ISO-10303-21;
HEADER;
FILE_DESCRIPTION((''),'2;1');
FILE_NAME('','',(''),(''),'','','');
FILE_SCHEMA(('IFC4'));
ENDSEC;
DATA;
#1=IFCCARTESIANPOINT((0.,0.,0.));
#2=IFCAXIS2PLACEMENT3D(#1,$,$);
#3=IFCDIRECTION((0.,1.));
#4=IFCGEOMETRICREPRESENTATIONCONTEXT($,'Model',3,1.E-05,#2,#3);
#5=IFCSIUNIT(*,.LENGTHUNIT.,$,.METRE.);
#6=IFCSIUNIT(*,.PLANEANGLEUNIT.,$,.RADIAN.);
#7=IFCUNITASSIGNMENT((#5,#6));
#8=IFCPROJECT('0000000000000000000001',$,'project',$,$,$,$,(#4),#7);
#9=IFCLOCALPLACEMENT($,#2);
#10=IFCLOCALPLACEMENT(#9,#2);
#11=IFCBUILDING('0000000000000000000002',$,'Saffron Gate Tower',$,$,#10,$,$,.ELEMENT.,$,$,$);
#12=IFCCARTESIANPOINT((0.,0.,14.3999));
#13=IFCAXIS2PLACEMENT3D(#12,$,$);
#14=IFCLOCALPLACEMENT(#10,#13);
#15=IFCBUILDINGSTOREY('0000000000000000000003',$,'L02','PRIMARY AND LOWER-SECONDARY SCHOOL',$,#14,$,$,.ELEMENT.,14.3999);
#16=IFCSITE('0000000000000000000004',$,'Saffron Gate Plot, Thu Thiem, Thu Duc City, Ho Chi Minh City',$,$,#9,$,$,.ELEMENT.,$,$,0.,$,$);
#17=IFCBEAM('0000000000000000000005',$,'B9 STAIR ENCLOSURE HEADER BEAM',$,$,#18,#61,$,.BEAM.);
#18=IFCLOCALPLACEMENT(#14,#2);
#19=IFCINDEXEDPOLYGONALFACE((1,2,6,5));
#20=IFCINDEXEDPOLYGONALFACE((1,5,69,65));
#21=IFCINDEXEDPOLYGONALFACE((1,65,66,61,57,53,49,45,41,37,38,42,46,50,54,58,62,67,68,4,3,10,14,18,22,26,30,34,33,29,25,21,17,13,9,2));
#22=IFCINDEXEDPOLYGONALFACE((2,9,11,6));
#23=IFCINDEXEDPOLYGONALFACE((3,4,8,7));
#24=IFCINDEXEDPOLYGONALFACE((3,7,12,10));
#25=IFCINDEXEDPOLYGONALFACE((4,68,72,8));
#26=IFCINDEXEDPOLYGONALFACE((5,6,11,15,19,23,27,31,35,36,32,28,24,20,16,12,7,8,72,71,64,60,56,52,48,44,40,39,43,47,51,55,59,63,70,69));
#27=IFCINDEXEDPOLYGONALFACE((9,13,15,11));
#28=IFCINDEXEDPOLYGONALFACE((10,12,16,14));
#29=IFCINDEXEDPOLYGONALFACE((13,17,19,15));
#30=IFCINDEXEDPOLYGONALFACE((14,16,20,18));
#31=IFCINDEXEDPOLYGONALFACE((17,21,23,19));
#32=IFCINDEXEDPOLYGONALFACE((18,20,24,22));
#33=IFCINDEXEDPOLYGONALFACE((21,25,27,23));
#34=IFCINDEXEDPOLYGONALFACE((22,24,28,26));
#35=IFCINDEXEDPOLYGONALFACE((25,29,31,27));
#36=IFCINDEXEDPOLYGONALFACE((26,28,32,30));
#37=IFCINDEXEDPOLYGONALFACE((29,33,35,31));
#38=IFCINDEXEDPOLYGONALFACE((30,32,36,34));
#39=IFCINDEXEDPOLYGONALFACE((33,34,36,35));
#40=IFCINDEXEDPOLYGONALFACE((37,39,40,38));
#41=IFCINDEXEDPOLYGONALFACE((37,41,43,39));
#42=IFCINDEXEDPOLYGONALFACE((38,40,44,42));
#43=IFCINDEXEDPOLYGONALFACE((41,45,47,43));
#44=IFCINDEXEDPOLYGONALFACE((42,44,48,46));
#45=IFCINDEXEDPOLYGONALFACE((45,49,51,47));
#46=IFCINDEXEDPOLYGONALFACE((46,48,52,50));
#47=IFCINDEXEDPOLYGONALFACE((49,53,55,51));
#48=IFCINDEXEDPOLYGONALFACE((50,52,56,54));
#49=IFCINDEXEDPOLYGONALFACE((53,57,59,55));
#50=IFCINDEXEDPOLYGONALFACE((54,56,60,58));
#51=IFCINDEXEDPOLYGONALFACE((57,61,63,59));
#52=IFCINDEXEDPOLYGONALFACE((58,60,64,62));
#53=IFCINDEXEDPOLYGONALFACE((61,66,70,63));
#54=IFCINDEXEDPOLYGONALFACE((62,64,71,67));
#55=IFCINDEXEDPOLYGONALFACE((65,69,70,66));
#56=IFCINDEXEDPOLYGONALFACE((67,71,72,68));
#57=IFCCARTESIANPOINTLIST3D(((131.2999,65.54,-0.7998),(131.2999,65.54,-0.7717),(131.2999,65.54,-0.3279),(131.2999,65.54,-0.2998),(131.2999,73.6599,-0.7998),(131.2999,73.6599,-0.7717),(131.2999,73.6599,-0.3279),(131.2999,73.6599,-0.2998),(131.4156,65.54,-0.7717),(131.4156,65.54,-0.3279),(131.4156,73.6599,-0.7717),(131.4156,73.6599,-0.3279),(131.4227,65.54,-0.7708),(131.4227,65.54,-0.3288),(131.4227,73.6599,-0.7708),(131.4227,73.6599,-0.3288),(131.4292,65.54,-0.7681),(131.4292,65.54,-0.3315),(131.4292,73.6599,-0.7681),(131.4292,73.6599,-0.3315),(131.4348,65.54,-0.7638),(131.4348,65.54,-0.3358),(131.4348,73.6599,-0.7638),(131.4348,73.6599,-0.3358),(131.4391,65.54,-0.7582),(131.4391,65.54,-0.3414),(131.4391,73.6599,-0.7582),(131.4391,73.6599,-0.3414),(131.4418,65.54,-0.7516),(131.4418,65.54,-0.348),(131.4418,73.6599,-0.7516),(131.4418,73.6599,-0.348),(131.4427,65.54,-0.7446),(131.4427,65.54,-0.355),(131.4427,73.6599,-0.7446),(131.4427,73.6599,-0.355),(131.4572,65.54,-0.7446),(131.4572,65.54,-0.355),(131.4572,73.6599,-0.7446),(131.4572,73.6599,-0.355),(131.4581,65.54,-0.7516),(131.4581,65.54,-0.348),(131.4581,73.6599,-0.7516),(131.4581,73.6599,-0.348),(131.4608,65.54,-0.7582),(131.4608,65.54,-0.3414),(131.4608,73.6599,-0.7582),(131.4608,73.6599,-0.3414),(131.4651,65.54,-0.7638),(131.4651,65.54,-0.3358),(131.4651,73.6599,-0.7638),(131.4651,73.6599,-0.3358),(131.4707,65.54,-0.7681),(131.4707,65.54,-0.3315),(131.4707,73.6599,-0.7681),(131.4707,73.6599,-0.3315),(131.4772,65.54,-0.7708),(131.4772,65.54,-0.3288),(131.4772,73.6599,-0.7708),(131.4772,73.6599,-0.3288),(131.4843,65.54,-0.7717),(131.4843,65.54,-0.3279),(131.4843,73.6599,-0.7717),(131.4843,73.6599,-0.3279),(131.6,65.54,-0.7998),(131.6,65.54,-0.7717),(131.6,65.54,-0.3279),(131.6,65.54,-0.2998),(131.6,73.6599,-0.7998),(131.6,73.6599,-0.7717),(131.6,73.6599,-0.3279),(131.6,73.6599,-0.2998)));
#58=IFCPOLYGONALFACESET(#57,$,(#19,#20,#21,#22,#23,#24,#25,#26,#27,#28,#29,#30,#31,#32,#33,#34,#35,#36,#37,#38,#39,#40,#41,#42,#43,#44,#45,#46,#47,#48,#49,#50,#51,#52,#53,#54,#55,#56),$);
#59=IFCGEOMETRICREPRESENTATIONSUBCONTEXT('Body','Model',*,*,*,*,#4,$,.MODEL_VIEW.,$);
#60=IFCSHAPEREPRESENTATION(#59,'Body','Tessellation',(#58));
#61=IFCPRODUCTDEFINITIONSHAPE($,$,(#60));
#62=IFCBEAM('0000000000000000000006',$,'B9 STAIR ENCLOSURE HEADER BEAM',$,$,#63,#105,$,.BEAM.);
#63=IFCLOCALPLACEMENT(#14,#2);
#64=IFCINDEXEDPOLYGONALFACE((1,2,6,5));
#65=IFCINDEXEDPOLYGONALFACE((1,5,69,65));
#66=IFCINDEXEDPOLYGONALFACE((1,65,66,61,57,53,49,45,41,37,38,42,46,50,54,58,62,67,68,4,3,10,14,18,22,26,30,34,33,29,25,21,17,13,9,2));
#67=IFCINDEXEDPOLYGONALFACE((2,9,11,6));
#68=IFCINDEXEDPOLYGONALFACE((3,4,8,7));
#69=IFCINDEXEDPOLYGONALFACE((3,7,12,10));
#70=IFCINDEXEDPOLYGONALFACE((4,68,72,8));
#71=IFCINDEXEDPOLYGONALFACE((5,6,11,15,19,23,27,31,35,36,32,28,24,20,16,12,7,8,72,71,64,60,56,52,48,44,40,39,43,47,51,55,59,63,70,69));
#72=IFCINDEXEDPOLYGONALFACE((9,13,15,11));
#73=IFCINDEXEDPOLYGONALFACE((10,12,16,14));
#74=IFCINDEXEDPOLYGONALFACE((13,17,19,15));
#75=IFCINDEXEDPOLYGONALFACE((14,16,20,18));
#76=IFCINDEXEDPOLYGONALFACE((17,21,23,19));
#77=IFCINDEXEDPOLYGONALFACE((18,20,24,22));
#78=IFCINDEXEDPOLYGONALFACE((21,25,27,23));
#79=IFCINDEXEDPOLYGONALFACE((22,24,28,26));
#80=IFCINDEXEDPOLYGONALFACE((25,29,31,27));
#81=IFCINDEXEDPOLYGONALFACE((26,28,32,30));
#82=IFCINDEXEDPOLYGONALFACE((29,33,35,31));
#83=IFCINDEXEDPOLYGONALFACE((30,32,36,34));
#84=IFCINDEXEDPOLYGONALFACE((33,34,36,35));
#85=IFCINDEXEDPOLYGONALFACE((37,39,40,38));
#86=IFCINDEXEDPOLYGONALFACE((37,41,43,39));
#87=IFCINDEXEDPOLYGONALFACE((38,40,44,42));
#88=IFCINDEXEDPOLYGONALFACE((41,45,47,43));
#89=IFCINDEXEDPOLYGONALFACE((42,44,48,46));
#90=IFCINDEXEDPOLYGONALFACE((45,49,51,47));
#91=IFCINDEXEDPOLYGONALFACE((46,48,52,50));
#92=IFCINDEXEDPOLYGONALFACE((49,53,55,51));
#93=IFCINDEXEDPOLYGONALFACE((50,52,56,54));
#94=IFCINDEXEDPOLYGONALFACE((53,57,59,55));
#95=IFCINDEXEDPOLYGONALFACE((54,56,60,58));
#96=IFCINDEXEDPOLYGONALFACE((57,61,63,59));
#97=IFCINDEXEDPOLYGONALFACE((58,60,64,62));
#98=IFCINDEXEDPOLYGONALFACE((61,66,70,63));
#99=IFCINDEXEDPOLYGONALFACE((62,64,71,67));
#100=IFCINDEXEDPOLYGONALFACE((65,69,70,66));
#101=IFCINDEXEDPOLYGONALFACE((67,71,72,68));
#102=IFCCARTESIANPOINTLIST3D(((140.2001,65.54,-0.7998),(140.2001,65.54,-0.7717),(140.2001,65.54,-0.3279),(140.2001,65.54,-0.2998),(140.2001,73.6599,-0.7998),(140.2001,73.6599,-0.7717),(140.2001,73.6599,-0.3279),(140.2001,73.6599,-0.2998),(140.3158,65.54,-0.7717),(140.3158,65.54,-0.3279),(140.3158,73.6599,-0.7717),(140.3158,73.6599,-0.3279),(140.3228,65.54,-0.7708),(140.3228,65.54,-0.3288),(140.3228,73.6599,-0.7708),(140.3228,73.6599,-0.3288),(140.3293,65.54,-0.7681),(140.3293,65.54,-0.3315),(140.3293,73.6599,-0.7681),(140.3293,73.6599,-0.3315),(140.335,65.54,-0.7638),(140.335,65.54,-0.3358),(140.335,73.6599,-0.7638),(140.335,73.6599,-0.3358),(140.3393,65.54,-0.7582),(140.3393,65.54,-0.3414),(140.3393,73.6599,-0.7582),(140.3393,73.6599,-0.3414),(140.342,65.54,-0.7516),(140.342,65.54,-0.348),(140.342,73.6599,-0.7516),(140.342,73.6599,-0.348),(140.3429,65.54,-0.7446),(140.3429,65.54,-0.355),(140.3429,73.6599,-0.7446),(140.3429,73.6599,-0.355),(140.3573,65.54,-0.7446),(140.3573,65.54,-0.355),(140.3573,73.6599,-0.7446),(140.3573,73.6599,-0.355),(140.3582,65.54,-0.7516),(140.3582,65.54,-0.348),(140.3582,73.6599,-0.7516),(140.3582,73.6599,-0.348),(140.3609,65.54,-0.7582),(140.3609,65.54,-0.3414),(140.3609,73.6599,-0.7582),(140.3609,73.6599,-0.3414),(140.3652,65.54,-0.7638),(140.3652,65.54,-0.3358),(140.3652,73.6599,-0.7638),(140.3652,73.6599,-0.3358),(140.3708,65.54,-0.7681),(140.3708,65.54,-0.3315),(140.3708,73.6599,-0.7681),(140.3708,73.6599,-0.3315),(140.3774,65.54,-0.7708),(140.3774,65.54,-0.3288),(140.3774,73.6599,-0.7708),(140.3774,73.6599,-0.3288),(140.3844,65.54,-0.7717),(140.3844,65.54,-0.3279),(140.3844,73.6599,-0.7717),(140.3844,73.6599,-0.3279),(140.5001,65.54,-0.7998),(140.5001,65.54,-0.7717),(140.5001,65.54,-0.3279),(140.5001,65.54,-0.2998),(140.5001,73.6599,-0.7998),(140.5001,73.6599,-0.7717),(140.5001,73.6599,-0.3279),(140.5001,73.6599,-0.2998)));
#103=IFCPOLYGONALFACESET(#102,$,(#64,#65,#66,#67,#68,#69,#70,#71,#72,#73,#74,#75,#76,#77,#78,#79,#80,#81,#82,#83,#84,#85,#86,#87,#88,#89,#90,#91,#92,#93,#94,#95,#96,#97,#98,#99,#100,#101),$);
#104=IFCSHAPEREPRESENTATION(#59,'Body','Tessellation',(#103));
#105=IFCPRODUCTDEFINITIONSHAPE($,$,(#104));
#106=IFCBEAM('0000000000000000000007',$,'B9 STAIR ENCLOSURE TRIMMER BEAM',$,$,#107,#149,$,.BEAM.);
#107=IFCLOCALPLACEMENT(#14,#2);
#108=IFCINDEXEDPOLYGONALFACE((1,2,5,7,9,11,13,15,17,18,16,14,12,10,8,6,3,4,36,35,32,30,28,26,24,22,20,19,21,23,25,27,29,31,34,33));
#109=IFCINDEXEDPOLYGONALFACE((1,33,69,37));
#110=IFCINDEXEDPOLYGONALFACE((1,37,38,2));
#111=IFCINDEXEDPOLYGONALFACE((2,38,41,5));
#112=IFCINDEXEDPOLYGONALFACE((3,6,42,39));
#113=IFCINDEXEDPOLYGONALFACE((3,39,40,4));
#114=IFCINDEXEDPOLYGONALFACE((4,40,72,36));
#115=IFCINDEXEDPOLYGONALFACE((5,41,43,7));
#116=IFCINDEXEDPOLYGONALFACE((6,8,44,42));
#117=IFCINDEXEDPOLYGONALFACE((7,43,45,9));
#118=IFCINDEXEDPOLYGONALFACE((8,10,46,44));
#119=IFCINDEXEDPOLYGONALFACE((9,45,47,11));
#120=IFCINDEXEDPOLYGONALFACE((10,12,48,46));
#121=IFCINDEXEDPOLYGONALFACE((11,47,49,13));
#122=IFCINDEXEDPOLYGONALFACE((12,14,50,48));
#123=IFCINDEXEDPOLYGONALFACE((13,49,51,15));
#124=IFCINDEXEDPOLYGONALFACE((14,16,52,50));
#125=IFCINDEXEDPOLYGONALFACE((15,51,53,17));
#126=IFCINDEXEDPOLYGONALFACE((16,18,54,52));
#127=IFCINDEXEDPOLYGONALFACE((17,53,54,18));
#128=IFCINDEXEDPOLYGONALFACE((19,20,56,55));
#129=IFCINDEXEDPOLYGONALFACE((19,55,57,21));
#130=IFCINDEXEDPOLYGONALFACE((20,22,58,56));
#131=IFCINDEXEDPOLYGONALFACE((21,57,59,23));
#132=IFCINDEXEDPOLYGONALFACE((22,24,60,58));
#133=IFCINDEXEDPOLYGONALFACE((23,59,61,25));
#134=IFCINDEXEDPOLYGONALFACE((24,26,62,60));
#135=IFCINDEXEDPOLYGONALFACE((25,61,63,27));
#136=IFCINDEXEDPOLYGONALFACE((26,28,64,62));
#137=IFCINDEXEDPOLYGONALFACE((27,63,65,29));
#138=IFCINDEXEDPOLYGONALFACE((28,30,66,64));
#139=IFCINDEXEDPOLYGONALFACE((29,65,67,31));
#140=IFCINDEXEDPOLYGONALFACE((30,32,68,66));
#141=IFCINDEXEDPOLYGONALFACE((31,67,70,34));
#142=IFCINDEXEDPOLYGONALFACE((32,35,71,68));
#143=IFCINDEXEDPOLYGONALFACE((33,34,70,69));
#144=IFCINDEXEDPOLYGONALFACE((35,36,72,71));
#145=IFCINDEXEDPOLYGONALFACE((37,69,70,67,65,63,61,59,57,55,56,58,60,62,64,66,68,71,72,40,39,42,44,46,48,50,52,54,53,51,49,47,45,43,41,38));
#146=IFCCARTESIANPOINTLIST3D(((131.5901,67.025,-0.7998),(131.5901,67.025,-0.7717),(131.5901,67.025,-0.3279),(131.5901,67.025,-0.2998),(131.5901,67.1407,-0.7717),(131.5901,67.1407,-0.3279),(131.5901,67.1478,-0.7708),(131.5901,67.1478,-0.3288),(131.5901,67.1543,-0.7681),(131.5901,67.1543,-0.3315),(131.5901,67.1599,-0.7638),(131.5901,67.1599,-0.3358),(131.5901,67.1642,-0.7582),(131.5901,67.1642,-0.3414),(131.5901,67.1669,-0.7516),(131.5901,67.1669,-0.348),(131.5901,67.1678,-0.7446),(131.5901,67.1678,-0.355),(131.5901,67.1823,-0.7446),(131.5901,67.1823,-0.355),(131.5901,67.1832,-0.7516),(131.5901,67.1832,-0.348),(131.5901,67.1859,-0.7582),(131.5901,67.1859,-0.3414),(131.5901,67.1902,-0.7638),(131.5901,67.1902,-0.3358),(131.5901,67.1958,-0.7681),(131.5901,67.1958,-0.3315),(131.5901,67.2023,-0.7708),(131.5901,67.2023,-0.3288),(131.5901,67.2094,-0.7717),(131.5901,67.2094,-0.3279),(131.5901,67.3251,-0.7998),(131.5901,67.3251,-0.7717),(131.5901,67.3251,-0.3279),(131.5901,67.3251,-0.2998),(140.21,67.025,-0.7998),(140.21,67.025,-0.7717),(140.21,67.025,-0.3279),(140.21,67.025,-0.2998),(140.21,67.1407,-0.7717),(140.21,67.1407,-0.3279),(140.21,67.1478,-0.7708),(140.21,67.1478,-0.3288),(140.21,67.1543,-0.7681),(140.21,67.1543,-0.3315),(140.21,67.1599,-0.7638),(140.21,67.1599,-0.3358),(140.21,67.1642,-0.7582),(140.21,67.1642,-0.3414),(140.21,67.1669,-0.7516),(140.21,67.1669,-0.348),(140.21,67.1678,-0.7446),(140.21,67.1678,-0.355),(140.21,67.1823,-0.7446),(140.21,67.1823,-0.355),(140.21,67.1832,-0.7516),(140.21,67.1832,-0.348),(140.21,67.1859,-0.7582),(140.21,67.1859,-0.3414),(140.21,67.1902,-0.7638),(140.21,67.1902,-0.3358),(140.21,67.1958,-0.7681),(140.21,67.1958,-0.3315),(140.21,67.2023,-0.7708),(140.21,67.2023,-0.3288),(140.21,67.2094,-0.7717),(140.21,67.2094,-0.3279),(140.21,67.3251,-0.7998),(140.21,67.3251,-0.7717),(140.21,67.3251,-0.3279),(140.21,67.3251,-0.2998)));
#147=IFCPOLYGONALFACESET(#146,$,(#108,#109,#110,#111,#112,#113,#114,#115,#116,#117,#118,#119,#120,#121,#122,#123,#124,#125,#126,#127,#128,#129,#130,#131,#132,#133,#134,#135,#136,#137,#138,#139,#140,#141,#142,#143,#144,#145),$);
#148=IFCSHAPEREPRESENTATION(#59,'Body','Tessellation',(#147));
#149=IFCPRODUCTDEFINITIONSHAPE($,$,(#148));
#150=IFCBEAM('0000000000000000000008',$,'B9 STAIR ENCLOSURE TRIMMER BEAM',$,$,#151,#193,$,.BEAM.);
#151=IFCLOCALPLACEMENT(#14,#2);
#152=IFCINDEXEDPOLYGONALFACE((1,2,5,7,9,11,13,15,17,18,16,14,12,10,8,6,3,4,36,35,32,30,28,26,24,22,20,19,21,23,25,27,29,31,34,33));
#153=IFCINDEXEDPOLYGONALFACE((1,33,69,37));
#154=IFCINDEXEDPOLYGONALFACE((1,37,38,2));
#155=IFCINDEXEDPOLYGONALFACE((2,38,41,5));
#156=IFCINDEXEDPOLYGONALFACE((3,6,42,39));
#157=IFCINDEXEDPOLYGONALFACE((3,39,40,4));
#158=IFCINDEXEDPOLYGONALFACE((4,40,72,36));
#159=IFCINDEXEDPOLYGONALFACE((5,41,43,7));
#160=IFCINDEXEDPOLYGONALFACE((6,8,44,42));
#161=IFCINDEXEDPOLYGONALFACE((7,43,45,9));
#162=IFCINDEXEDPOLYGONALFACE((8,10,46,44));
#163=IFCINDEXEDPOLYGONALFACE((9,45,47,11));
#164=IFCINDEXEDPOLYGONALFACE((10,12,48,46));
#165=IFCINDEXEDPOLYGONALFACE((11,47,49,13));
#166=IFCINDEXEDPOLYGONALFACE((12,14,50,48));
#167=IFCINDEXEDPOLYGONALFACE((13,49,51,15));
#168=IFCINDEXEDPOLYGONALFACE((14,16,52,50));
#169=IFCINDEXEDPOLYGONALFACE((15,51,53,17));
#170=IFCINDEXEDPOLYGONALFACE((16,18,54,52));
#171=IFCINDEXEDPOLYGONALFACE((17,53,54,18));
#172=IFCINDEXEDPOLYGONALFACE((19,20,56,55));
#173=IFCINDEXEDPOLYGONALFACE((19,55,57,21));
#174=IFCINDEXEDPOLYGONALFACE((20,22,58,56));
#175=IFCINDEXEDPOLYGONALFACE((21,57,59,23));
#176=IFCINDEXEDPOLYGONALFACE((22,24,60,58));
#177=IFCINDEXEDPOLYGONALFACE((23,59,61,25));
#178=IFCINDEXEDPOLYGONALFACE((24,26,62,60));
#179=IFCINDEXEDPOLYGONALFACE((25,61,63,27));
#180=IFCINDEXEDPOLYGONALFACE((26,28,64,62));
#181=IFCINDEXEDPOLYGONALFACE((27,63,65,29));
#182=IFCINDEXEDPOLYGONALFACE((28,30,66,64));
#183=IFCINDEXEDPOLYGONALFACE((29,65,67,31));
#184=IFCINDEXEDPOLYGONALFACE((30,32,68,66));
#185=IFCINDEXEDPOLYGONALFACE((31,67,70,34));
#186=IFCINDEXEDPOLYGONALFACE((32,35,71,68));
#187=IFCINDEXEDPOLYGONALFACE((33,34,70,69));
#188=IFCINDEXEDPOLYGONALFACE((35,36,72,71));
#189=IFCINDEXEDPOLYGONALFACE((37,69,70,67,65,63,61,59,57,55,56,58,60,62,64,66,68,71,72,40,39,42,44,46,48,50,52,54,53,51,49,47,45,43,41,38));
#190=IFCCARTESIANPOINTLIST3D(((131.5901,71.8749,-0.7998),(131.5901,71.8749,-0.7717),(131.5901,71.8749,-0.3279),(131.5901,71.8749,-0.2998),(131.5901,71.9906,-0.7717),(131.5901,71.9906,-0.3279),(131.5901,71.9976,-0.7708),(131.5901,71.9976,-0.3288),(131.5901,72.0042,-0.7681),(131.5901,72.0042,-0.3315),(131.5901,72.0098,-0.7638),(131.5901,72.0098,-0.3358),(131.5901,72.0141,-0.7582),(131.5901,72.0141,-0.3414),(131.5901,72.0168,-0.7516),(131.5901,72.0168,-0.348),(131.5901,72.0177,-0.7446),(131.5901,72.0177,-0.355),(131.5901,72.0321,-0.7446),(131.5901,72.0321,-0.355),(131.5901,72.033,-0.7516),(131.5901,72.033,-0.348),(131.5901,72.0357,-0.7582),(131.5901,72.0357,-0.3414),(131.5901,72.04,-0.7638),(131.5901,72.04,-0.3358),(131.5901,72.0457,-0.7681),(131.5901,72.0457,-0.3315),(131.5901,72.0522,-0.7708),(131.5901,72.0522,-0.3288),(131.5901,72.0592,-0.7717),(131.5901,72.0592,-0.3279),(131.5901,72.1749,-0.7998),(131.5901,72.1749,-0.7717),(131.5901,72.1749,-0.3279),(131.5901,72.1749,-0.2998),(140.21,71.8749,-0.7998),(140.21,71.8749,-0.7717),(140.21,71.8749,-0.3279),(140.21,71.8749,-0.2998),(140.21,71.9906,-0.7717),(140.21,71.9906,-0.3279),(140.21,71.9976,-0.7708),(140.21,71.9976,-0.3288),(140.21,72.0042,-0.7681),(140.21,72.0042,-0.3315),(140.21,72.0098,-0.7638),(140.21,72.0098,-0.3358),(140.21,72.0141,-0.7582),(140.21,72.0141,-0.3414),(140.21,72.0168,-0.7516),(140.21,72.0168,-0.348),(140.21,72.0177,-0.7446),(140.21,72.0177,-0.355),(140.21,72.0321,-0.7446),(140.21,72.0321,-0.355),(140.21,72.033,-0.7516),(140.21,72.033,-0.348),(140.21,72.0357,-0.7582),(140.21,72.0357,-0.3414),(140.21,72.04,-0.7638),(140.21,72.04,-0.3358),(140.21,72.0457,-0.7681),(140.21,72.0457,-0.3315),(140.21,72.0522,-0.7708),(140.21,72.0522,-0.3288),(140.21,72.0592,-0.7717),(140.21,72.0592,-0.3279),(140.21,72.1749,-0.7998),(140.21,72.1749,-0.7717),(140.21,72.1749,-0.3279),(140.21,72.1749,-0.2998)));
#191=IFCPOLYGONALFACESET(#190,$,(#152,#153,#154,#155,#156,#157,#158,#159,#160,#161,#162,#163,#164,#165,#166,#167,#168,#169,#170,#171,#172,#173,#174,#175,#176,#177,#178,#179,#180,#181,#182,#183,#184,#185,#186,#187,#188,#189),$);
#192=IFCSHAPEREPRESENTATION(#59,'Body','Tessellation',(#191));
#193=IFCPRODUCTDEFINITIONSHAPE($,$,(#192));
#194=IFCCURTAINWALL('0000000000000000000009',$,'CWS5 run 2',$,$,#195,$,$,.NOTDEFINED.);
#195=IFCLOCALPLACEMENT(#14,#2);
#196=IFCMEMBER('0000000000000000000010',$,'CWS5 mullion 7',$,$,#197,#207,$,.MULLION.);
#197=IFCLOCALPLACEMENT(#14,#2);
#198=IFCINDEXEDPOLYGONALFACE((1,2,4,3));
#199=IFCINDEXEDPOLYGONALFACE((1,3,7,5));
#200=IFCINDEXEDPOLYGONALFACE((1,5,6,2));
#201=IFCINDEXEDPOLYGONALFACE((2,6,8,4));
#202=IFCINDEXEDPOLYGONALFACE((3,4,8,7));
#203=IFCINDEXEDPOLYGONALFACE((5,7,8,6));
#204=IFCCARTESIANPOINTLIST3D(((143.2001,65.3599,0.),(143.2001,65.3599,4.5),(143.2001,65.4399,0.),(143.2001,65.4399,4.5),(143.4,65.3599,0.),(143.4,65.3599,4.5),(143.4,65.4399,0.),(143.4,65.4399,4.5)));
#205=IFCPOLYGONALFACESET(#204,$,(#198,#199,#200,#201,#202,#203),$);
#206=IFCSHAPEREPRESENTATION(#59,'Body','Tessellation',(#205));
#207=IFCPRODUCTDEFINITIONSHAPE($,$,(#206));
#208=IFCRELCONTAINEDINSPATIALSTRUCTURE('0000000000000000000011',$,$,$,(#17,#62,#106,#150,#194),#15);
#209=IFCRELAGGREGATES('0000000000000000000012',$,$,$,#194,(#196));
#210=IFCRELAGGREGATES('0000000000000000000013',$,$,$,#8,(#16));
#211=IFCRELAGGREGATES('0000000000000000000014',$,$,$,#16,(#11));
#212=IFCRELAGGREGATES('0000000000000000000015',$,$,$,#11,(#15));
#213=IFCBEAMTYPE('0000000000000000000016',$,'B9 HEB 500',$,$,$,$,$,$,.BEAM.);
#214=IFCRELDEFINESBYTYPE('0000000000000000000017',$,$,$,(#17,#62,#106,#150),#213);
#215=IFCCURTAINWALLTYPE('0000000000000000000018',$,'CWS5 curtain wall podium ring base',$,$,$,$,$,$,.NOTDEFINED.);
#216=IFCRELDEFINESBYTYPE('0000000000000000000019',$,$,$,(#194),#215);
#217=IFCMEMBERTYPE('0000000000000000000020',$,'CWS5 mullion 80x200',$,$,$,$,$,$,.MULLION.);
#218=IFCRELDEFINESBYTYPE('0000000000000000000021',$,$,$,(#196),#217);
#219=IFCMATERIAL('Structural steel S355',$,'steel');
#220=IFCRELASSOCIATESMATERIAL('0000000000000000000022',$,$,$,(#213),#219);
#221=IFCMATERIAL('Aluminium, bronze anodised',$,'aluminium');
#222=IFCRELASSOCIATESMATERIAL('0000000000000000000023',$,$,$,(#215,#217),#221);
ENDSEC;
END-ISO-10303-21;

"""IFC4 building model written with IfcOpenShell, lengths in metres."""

from ifc_helpers import new_model, si_unit, direction, frame, origin, origin_2d, place, context, subcontext, project, spatial, rectangle, i_section, extrude, material, material_profile, profile_set, type_object, element, aggregate, save


model = new_model("IFC4")

# Units and contexts
model_context = context("Model", 3, precision=1e-05, world=origin(), true_north=direction((0.0, 1.0)))
body_context = subcontext(model_context, "Body", "Model", "MODEL_VIEW")
ifc_project = project(units=[si_unit("LENGTHUNIT", "METRE"), si_unit("PLANEANGLEUNIT", "RADIAN")], contexts=[model_context])

# Site, building, storey
site_placement = place(None, origin())
site = spatial("IfcSite", under=ifc_project, at=site_placement, Name="Saffron Gate Plot, Thu Thiem, Thu Duc City, Ho Chi Minh City", CompositionType="ELEMENT", RefElevation=0.0)
building_placement = place(site_placement, origin())
building = spatial("IfcBuilding", under=site, at=building_placement, Name="Saffron Gate Tower", CompositionType="ELEMENT")
storey_placement = place(building_placement, frame((0.0, 0.0, 14.3999)))
storey = spatial("IfcBuildingStorey", under=building, at=storey_placement, Name="L02", Description="PRIMARY AND LOWER-SECONDARY SCHOOL", CompositionType="ELEMENT", Elevation=14.3999)

# Beams
ifc_material_1 = material(Name="Structural steel S355", Category="steel")
ifc_material_profile_1 = material_profile(ifc_material_1, i_section(OverallWidth=0.3, OverallDepth=0.5, WebThickness=0.0144, FlangeThickness=0.0281, FilletRadius=0.0271, at=origin_2d()))
ifc_profile_set_1 = profile_set([ifc_material_profile_1], Name="Structural steel S355")
beam_type_1 = type_object("IfcBeamType", Name="B9 HEB 500", PredefinedType="BEAM", material=ifc_profile_set_1)
for number, where, z_axis, x_axis, name in (
    (1, (131.45, 65.54, -0.5498), (0.0, 1.0, 0.0), (-1.0, 0.0, 0.0), "B9 STAIR ENCLOSURE HEADER BEAM"),
    (2, (140.3501, 65.54, -0.5498), (0.0, 1.0, 0.0), (-1.0, 0.0, 0.0), "B9 STAIR ENCLOSURE HEADER BEAM"),
):
    element("IfcBeam", number, at=place(storey_placement, frame(where, z_axis=z_axis, x_axis=x_axis)), inside=storey, type_object=beam_type_1, Name=name, PredefinedType="BEAM", context=body_context, shape_type="SweptSolid", body=[
        extrude(i_section(OverallWidth=0.3, OverallDepth=0.5, WebThickness=0.0144, FlangeThickness=0.0281, FilletRadius=0.0271, at=origin_2d()), origin(), (0.0, 0.0, 1.0), 8.1199),
    ])
for number, where, z_axis, x_axis, name in (
    (3, (131.5901, 67.175, -0.5498), (1.0, 0.0, 0.0), (0.0, 1.0, 0.0), "B9 STAIR ENCLOSURE TRIMMER BEAM"),
    (4, (131.5901, 72.0249, -0.5498), (1.0, 0.0, 0.0), (0.0, 1.0, 0.0), "B9 STAIR ENCLOSURE TRIMMER BEAM"),
):
    element("IfcBeam", number, at=place(storey_placement, frame(where, z_axis=z_axis, x_axis=x_axis)), inside=storey, type_object=beam_type_1, Name=name, PredefinedType="BEAM", context=body_context, shape_type="SweptSolid", body=[
        extrude(i_section(OverallWidth=0.3, OverallDepth=0.5, WebThickness=0.0144, FlangeThickness=0.0281, FilletRadius=0.0271, at=origin_2d()), origin(), (0.0, 0.0, 1.0), 8.6199),
    ])

# Curtain wall, member
ifc_material_2 = material(Name="Aluminium, bronze anodised", Category="aluminium")
curtain_wall_type = type_object("IfcCurtainWallType", Name="CWS5 curtain wall podium ring base", PredefinedType="NOTDEFINED", material=ifc_material_2)
curtain_wall_placement = place(storey_placement, origin())
curtain_wall = element("IfcCurtainWall", 5, at=curtain_wall_placement, inside=storey, type_object=curtain_wall_type, Name="CWS5 run 2", PredefinedType="NOTDEFINED")
ifc_material_profile_2 = material_profile(ifc_material_2, rectangle(XDim=0.2, YDim=0.0801, at=origin_2d()))
ifc_profile_set_2 = profile_set([ifc_material_profile_2], Name="Aluminium, bronze anodised")
member_type = type_object("IfcMemberType", Name="CWS5 mullion 80x200", PredefinedType="MULLION", material=ifc_profile_set_2)
member_1_placement = place(storey_placement, frame((143.3, 65.3999, 0.0), z_axis=(0.0, 0.0, 1.0), x_axis=(-1.0, 0.0, 0.0)))
member_1 = element("IfcMember", 6, at=member_1_placement, type_object=member_type, Name="CWS5 mullion 7", PredefinedType="MULLION", context=body_context, shape_type="SweptSolid", body=[
    extrude(rectangle(XDim=0.2, YDim=0.0801, at=origin_2d()), origin(), (0.0, 0.0, 1.0), 4.5),
])
aggregate(curtain_wall, [member_1])

save(model, "model.ifc")
